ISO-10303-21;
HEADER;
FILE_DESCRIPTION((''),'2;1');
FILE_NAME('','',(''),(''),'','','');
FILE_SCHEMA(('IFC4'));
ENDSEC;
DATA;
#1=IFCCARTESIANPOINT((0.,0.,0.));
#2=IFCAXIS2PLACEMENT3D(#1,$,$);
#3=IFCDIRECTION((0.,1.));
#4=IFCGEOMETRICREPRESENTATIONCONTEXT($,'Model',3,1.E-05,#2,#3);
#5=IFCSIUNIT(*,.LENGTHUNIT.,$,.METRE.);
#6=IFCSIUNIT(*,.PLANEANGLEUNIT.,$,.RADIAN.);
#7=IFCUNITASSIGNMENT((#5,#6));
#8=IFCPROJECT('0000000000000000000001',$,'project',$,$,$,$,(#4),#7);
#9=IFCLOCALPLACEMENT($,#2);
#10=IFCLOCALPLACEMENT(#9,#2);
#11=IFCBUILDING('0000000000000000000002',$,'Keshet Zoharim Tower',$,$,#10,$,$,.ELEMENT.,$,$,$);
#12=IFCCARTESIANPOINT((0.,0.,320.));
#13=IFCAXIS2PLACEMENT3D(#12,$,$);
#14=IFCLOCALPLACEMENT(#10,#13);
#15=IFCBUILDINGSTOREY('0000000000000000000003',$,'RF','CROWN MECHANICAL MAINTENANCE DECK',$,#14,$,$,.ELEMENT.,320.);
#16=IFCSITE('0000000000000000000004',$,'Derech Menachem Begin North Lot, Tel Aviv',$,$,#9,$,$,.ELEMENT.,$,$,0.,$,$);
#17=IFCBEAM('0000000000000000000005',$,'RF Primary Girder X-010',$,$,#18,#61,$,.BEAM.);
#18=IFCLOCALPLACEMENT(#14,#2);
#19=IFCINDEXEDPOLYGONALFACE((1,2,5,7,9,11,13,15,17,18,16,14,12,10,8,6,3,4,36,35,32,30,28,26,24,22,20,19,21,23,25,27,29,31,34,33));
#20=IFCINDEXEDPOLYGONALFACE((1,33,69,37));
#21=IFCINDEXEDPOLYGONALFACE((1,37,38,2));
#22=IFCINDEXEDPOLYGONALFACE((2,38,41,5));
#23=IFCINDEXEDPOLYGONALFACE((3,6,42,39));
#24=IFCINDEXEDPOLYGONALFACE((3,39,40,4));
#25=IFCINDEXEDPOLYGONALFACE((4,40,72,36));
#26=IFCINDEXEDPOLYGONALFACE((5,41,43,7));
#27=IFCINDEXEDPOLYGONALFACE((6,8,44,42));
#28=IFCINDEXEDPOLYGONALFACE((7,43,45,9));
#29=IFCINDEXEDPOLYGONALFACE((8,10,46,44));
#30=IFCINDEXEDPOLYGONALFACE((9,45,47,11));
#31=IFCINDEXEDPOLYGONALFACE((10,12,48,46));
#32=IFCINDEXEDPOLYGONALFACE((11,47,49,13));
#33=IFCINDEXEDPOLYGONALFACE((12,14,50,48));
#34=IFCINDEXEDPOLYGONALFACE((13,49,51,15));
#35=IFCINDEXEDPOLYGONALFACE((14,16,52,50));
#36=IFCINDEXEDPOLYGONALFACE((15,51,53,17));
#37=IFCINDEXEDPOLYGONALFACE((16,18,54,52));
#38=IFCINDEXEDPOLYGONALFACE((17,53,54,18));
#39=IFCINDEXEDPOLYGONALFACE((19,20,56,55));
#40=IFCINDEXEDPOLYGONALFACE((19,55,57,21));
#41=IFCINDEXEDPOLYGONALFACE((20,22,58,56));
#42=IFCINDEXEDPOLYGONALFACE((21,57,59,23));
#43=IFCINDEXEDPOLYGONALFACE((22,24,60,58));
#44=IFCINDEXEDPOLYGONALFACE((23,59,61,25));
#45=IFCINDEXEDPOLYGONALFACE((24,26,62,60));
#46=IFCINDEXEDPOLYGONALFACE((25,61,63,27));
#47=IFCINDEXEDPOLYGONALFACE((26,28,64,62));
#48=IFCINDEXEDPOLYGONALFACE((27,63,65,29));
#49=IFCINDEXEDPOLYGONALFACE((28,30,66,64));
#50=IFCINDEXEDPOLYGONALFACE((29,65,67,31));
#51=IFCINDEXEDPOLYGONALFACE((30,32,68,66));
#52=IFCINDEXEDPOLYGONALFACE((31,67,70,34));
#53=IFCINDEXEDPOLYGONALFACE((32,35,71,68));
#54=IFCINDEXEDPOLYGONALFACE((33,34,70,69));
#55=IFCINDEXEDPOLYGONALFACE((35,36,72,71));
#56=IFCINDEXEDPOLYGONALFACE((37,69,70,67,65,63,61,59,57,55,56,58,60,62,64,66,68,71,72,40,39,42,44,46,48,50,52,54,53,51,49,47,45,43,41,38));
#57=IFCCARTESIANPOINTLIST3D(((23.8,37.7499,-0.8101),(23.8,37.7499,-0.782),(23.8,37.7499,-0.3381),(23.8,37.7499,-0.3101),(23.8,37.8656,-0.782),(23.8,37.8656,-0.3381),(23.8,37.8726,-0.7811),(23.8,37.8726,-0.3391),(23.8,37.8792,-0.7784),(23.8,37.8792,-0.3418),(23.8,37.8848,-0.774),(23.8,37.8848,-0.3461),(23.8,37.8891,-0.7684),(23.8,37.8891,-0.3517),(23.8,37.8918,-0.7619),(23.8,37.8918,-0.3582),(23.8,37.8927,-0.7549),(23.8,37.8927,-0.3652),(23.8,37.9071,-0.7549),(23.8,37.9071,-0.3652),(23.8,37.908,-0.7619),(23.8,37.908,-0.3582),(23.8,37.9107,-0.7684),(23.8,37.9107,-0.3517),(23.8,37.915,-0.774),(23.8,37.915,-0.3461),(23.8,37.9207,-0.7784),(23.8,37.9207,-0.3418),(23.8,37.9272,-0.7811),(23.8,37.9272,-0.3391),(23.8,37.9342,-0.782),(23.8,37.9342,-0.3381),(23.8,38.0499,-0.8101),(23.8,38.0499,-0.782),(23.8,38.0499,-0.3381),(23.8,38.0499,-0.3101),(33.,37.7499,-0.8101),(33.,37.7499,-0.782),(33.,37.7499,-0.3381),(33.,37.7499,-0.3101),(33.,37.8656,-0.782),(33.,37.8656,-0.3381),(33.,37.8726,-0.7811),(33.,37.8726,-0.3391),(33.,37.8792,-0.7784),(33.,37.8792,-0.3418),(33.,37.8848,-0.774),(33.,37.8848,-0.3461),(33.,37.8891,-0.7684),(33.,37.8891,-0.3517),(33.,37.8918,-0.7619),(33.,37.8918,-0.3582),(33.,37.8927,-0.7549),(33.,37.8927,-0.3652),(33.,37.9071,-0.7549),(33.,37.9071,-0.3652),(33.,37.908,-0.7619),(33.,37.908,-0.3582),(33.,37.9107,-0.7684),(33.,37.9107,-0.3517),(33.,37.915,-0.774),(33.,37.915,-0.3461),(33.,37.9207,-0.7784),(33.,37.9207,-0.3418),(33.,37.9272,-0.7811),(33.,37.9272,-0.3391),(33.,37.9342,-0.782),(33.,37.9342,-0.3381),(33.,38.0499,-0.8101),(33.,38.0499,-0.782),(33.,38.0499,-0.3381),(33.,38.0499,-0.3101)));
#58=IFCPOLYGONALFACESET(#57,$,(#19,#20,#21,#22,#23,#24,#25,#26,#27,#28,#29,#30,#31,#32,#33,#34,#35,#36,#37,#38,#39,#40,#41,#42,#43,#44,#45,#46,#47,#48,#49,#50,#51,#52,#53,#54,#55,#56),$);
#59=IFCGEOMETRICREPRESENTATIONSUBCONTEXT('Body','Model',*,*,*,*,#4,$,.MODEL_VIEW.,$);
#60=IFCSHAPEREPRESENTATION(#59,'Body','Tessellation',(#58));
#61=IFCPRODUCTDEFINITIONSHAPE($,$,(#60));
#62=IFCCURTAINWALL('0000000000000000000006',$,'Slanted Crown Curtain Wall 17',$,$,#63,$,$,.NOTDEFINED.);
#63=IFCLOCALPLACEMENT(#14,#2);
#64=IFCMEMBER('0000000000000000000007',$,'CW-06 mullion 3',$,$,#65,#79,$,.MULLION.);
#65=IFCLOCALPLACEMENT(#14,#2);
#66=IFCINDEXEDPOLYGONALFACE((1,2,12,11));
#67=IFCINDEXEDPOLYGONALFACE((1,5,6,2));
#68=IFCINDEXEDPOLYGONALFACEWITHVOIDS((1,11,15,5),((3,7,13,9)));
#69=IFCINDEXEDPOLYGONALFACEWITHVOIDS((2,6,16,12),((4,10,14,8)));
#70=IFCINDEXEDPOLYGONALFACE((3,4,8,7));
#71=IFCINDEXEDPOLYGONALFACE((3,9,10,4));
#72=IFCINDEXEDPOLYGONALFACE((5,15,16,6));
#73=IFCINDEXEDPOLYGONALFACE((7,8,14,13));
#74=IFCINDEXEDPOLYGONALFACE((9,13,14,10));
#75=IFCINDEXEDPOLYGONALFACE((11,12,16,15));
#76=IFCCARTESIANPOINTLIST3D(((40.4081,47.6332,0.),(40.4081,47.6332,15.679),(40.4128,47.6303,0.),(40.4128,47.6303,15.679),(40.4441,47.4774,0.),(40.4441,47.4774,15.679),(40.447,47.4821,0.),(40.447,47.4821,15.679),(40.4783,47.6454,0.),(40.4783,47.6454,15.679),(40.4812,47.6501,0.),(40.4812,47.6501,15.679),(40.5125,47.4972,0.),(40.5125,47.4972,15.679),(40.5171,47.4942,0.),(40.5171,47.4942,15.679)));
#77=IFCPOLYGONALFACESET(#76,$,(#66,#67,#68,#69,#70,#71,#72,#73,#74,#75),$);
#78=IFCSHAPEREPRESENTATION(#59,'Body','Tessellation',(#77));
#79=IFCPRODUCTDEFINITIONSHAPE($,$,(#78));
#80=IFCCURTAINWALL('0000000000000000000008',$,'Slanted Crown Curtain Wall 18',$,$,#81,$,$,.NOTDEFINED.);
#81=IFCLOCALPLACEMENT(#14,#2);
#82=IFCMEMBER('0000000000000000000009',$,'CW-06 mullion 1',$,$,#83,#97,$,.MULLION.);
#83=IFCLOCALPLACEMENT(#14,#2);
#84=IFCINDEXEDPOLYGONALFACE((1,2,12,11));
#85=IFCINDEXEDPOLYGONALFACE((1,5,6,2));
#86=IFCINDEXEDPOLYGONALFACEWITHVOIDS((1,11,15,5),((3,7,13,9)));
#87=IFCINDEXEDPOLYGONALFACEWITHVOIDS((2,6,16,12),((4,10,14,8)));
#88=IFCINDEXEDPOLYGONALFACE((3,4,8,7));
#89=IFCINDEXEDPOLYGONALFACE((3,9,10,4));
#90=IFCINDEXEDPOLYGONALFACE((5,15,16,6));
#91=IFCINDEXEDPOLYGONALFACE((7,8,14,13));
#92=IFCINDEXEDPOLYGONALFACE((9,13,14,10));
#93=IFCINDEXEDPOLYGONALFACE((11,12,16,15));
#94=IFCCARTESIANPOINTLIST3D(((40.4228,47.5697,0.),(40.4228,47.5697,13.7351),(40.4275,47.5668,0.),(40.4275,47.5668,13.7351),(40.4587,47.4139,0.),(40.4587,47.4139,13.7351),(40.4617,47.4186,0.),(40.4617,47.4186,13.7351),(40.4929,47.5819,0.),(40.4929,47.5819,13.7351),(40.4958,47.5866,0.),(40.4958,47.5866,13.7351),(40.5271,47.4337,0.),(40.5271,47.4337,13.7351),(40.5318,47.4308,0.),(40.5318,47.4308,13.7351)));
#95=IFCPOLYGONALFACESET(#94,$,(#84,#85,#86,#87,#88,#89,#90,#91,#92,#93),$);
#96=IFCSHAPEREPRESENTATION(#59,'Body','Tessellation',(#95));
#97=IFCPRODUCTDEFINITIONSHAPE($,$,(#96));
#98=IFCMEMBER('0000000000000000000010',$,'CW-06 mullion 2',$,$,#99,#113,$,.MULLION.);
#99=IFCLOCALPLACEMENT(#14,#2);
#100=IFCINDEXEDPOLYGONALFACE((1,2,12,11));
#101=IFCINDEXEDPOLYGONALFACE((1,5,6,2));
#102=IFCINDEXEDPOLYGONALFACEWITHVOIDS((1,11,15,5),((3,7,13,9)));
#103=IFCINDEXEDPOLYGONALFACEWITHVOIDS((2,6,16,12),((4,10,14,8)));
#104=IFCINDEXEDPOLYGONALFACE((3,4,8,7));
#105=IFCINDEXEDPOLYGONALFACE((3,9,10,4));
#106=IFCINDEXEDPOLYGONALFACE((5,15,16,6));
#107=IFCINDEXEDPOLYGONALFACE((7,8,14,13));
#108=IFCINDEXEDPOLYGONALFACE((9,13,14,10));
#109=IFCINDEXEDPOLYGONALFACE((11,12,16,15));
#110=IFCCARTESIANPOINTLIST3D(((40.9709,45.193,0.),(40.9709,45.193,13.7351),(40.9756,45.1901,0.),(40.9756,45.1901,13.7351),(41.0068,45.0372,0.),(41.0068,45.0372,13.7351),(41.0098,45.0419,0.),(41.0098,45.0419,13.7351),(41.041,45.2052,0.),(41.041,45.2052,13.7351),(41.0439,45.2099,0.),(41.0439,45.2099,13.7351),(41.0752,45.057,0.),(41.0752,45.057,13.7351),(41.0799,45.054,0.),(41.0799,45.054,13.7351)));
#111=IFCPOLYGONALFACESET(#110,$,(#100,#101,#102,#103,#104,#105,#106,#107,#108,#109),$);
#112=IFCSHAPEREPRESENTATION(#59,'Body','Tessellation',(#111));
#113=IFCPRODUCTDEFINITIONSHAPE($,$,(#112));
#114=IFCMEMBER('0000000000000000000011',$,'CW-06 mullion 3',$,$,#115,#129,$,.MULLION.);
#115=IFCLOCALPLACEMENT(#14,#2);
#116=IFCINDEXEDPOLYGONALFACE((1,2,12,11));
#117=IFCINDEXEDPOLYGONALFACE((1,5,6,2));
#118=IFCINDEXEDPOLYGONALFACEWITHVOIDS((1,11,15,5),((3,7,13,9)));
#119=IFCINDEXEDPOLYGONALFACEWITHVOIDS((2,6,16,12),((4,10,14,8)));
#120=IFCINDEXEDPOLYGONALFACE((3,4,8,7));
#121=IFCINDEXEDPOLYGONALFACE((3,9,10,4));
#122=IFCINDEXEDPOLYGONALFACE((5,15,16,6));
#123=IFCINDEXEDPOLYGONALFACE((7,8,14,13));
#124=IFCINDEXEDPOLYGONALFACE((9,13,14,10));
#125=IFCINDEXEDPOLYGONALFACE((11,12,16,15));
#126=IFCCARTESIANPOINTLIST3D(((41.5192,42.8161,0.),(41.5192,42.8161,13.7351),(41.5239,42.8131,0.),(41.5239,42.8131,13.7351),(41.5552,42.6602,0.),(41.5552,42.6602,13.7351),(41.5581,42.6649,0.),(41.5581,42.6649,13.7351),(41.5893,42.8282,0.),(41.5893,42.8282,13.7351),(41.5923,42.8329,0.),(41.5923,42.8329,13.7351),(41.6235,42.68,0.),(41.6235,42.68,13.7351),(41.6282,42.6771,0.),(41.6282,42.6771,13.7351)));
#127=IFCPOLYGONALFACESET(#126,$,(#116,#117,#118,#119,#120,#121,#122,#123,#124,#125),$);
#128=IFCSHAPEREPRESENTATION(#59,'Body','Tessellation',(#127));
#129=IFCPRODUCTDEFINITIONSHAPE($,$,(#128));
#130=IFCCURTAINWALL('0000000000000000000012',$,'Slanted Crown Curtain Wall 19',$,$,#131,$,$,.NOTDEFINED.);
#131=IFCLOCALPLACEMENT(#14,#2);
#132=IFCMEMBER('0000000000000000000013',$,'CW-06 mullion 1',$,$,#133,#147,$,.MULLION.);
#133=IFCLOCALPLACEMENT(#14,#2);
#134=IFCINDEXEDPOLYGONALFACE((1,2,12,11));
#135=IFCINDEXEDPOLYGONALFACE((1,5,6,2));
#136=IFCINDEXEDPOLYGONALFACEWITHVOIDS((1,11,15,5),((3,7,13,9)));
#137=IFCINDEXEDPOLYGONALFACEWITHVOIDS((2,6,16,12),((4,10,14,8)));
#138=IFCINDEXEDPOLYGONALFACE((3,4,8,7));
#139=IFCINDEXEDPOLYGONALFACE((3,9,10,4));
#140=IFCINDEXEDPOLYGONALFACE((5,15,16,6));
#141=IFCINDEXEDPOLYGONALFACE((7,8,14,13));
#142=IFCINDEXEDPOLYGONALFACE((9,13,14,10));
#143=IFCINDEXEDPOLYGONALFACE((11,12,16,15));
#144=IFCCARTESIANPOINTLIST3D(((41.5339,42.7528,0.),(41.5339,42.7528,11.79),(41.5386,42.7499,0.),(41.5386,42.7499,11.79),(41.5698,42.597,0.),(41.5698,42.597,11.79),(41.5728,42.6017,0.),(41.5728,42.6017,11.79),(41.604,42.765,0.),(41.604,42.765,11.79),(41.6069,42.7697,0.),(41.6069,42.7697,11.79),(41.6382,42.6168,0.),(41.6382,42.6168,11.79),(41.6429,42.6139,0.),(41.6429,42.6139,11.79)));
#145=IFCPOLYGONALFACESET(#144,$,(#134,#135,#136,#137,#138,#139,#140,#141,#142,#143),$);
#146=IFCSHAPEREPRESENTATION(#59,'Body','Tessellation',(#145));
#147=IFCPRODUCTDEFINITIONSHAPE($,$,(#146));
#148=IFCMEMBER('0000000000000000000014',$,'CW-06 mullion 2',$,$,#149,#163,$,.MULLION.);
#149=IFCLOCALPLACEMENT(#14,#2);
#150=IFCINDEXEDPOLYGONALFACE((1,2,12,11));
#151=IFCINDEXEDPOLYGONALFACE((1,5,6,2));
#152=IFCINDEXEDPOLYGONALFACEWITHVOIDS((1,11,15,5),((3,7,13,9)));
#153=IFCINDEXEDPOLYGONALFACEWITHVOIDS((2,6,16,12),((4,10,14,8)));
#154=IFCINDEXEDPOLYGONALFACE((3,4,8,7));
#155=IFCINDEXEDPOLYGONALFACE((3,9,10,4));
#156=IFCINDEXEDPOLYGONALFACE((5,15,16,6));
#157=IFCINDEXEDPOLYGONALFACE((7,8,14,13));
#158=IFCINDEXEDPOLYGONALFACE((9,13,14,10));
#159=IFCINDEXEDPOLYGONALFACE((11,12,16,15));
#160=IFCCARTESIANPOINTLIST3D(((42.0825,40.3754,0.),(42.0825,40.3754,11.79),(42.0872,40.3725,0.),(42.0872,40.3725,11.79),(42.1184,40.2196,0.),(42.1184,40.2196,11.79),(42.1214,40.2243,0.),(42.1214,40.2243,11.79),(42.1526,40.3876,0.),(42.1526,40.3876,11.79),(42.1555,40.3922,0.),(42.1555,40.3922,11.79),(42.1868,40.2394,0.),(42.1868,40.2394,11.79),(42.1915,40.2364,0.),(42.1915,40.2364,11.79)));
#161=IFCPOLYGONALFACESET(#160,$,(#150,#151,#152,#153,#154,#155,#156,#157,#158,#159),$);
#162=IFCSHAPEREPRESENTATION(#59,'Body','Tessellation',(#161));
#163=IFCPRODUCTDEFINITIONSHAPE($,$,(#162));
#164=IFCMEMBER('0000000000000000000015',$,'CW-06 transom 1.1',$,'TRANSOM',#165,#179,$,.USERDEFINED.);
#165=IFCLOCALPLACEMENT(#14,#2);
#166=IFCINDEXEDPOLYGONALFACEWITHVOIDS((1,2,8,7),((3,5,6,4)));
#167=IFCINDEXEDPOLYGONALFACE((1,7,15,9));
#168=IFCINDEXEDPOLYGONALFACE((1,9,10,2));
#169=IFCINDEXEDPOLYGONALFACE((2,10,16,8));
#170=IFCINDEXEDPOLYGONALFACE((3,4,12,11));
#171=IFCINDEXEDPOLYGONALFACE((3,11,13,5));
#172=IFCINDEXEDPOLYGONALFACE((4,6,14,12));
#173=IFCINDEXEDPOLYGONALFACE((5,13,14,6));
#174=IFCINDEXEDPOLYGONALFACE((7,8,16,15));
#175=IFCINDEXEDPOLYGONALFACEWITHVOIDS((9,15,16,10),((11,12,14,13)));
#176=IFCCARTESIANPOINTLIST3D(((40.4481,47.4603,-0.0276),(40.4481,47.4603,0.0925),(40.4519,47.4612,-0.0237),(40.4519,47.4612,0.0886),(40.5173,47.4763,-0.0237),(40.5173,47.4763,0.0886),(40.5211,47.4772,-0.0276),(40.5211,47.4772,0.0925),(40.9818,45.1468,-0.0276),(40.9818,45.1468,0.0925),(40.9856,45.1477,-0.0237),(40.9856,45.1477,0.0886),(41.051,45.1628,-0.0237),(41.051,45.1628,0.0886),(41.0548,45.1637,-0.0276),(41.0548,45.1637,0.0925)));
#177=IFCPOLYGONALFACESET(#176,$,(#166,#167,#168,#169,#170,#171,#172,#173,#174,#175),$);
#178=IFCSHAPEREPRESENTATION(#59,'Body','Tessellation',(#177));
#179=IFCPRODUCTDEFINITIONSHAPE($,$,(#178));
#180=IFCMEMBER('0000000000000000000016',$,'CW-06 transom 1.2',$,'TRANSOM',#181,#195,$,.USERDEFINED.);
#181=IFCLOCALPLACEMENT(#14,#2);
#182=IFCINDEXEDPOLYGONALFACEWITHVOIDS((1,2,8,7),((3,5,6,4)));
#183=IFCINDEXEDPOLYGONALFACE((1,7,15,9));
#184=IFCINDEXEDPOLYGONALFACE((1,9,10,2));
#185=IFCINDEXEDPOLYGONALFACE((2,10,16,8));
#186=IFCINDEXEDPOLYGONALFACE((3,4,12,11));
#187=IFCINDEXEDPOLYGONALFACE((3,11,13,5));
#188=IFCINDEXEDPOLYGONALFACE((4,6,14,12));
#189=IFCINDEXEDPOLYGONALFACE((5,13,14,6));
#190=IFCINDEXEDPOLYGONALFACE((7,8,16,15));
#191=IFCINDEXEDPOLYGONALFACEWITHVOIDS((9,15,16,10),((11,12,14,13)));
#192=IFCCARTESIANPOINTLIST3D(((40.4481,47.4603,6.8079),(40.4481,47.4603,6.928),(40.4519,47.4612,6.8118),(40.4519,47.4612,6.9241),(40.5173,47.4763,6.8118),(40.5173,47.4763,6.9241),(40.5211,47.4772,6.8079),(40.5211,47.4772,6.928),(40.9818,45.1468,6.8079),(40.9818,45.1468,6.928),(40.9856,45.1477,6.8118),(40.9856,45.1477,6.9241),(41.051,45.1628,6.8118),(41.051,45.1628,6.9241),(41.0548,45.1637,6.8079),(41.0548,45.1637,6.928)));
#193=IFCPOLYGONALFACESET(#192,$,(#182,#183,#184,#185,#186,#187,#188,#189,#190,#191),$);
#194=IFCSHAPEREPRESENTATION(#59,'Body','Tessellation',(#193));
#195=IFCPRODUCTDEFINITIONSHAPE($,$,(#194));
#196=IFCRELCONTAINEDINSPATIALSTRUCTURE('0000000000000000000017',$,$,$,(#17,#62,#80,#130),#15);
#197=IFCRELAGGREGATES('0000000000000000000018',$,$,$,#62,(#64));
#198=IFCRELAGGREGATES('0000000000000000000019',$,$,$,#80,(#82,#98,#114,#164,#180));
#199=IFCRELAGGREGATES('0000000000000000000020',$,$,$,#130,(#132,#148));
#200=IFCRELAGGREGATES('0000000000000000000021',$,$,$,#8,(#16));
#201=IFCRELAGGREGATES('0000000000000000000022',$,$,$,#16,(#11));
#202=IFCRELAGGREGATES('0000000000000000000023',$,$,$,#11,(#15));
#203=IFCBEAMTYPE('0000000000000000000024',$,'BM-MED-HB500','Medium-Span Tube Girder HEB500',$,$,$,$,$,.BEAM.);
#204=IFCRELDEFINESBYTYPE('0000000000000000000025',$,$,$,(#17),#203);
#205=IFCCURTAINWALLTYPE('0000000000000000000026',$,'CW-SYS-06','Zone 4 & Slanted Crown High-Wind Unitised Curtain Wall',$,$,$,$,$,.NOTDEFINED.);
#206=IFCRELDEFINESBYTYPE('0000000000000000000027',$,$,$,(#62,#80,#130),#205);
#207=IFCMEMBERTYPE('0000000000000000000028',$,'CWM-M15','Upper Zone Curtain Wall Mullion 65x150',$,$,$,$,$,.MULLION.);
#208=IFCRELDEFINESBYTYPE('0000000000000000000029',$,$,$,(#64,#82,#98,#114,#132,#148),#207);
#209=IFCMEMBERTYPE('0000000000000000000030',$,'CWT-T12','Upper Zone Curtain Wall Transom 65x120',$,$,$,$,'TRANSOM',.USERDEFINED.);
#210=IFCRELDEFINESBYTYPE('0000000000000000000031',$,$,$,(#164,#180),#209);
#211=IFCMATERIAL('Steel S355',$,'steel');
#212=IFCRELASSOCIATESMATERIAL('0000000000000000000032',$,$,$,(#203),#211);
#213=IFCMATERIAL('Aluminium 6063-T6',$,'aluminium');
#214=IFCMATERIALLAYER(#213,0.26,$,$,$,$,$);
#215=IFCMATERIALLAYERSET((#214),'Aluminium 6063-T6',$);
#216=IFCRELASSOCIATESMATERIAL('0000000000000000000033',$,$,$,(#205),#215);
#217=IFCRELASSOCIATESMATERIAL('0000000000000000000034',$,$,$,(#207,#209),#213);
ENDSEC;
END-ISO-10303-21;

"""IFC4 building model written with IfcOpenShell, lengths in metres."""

from ifc_helpers import new_model, si_unit, direction, frame, origin, origin_2d, place, context, subcontext, project, spatial, hollow_rectangle, i_section, extrude, material, layer, layer_set, material_profile, profile_set, type_object, element, aggregate, save


model = new_model("IFC4")

# Units and contexts
model_context = context("Model", 3, precision=1e-05, world=origin(), true_north=direction((0.0, 1.0)))
body_context = subcontext(model_context, "Body", "Model", "MODEL_VIEW")
ifc_project = project(units=[si_unit("LENGTHUNIT", "METRE"), si_unit("PLANEANGLEUNIT", "RADIAN")], contexts=[model_context])

# Site, building, storey
site_placement = place(None, origin())
site = spatial("IfcSite", under=ifc_project, at=site_placement, Name="Derech Menachem Begin North Lot, Tel Aviv", CompositionType="ELEMENT", RefElevation=0.0)
building_placement = place(site_placement, origin())
building = spatial("IfcBuilding", under=site, at=building_placement, Name="Keshet Zoharim Tower", CompositionType="ELEMENT")
storey_placement = place(building_placement, frame((0.0, 0.0, 320.0)))
storey = spatial("IfcBuildingStorey", under=building, at=storey_placement, Name="RF", Description="CROWN MECHANICAL MAINTENANCE DECK", CompositionType="ELEMENT", Elevation=320.0)

# Shared definitions
ifc_material_1 = material(Name="Steel S355", Category="steel")

# Beam
ifc_material_profile_1 = material_profile(ifc_material_1, i_section(OverallWidth=0.3, OverallDepth=0.5, WebThickness=0.0144, FlangeThickness=0.0281, FilletRadius=0.0271, at=origin_2d()), Name="HEB500")
ifc_profile_set_1 = profile_set([ifc_material_profile_1], Name="Steel S355")
beam_type_1 = type_object("IfcBeamType", Name="BM-MED-HB500", Description="Medium-Span Tube Girder HEB500", PredefinedType="BEAM", material=ifc_profile_set_1)
beam_1_placement = place(storey_placement, frame((23.8, 37.8999, -0.5601), z_axis=(1.0, 0.0, 0.0), x_axis=(0.0, 1.0, 0.0)))
element("IfcBeam", 1, at=beam_1_placement, inside=storey, type_object=beam_type_1, Name="RF Primary Girder X-010", PredefinedType="BEAM", context=body_context, shape_type="SweptSolid", body=[
    extrude(i_section(OverallWidth=0.3, OverallDepth=0.5, WebThickness=0.0144, FlangeThickness=0.0281, FilletRadius=0.0271, at=origin_2d()), origin(), (0.0, 0.0, 1.0), 9.2),
])

# Curtain wall, member
ifc_material_2 = material(Name="Aluminium 6063-T6", Category="aluminium")
ifc_layer_1 = layer(ifc_material_2, 0.26)
ifc_layer_set_1 = layer_set([ifc_layer_1], Name="Aluminium 6063-T6")
curtain_wall_type = type_object("IfcCurtainWallType", Name="CW-SYS-06", Description="Zone 4 & Slanted Crown High-Wind Unitised Curtain Wall", PredefinedType="NOTDEFINED", material=ifc_layer_set_1)
curtain_wall_1_placement = place(storey_placement, origin())
curtain_wall_1 = element("IfcCurtainWall", 2, at=curtain_wall_1_placement, inside=storey, type_object=curtain_wall_type, Name="Slanted Crown Curtain Wall 17", PredefinedType="NOTDEFINED")
ifc_material_profile_2 = material_profile(ifc_material_2, hollow_rectangle(XDim=0.075, YDim=0.1599, WallThickness=0.0039, at=origin_2d()), Name="MUL-75x160")
ifc_profile_set_2 = profile_set([ifc_material_profile_2], Name="Aluminium 6063-T6")
member_type_1 = type_object("IfcMemberType", Name="CWM-M15", Description="Upper Zone Curtain Wall Mullion 65x150", PredefinedType="MULLION", material=ifc_profile_set_2)
member_1_placement = place(storey_placement, frame((40.4626, 47.5637, 0.0), z_axis=(0.0, 0.0, 1.0), x_axis=(0.974384, 0.224889, 0.0)))
member_1 = element("IfcMember", 3, at=member_1_placement, type_object=member_type_1, Name="CW-06 mullion 3", PredefinedType="MULLION", context=body_context, shape_type="SweptSolid", body=[
    extrude(hollow_rectangle(XDim=0.075, YDim=0.1599, WallThickness=0.0039, at=origin_2d()), origin(), (0.0, 0.0, 1.0), 15.679),
])
aggregate(curtain_wall_1, [member_1])

# Curtain walls, members
curtain_wall_2_placement = place(storey_placement, origin())
curtain_wall_2 = element("IfcCurtainWall", 4, at=curtain_wall_2_placement, inside=storey, type_object=curtain_wall_type, Name="Slanted Crown Curtain Wall 18", PredefinedType="NOTDEFINED")
member_2_placement = place(storey_placement, frame((40.4773, 47.5002, 0.0), z_axis=(0.0, 0.0, 1.0), x_axis=(0.974418, 0.224741, 0.0)))
member_2 = element("IfcMember", 5, at=member_2_placement, type_object=member_type_1, Name="CW-06 mullion 1", PredefinedType="MULLION", context=body_context, shape_type="SweptSolid", body=[
    extrude(hollow_rectangle(XDim=0.075, YDim=0.1599, WallThickness=0.0039, at=origin_2d()), origin(), (0.0, 0.0, 1.0), 13.7351),
])
member_3_placement = place(storey_placement, frame((41.0254, 45.1235, 0.0), z_axis=(0.0, 0.0, 1.0), x_axis=(0.974418, 0.224741, 0.0)))
member_3 = element("IfcMember", 6, at=member_3_placement, type_object=member_type_1, Name="CW-06 mullion 2", PredefinedType="MULLION", context=body_context, shape_type="SweptSolid", body=[
    extrude(hollow_rectangle(XDim=0.075, YDim=0.1599, WallThickness=0.0039, at=origin_2d()), origin(), (0.0, 0.0, 1.0), 13.7351),
])
member_4_placement = place(storey_placement, frame((41.5737, 42.7466, 0.0), z_axis=(0.0, 0.0, 1.0), x_axis=(0.974418, 0.224741, 0.0)))
member_4 = element("IfcMember", 7, at=member_4_placement, type_object=member_type_1, Name="CW-06 mullion 3", PredefinedType="MULLION", context=body_context, shape_type="SweptSolid", body=[
    extrude(hollow_rectangle(XDim=0.075, YDim=0.1599, WallThickness=0.0039, at=origin_2d()), origin(), (0.0, 0.0, 1.0), 13.7351),
])
curtain_wall_3_placement = place(storey_placement, origin())
curtain_wall_3 = element("IfcCurtainWall", 8, at=curtain_wall_3_placement, inside=storey, type_object=curtain_wall_type, Name="Slanted Crown Curtain Wall 19", PredefinedType="NOTDEFINED")
member_5_placement = place(storey_placement, frame((41.5884, 42.6833, 0.0), z_axis=(0.0, 0.0, 1.0), x_axis=(0.974384, 0.224889, 0.0)))
member_5 = element("IfcMember", 9, at=member_5_placement, type_object=member_type_1, Name="CW-06 mullion 1", PredefinedType="MULLION", context=body_context, shape_type="SweptSolid", body=[
    extrude(hollow_rectangle(XDim=0.075, YDim=0.1599, WallThickness=0.0039, at=origin_2d()), origin(), (0.0, 0.0, 1.0), 11.79),
])
member_6_placement = place(storey_placement, frame((42.137, 40.3059, 0.0), z_axis=(0.0, 0.0, 1.0), x_axis=(0.974384, 0.224889, 0.0)))
member_6 = element("IfcMember", 10, at=member_6_placement, type_object=member_type_1, Name="CW-06 mullion 2", PredefinedType="MULLION", context=body_context, shape_type="SweptSolid", body=[
    extrude(hollow_rectangle(XDim=0.075, YDim=0.1599, WallThickness=0.0039, at=origin_2d()), origin(), (0.0, 0.0, 1.0), 11.79),
])

# Members
ifc_material_profile_3 = material_profile(ifc_material_2, hollow_rectangle(XDim=0.075, YDim=0.1201, WallThickness=0.0039, at=origin_2d()), Name="TRN-75x120")
ifc_profile_set_3 = profile_set([ifc_material_profile_3], Name="Aluminium 6063-T6")
member_type_2 = type_object("IfcMemberType", Name="CWT-T12", Description="Upper Zone Curtain Wall Transom 65x120", ElementType="TRANSOM", PredefinedType="USERDEFINED", material=ifc_profile_set_3)
member_7_placement = place(storey_placement, frame((40.4846, 47.4688, 0.0325), z_axis=(0.224784, -0.974409, 0.0), x_axis=(0.974409, 0.224784, 0.0)))
member_7 = element("IfcMember", 11, at=member_7_placement, type_object=member_type_2, Name="CW-06 transom 1.1", ObjectType="TRANSOM", PredefinedType="USERDEFINED", context=body_context, shape_type="SweptSolid", body=[
    extrude(hollow_rectangle(XDim=0.075, YDim=0.1201, WallThickness=0.0039, at=origin_2d()), origin(), (0.0, 0.0, 1.0), 2.3743),
])
member_8_placement = place(storey_placement, frame((40.4846, 47.4688, 6.8679), z_axis=(0.224784, -0.974409, 0.0), x_axis=(0.974409, 0.224784, 0.0)))
member_8 = element("IfcMember", 12, at=member_8_placement, type_object=member_type_2, Name="CW-06 transom 1.2", ObjectType="TRANSOM", PredefinedType="USERDEFINED", context=body_context, shape_type="SweptSolid", body=[
    extrude(hollow_rectangle(XDim=0.075, YDim=0.1201, WallThickness=0.0039, at=origin_2d()), origin(), (0.0, 0.0, 1.0), 2.3743),
])

aggregate(curtain_wall_2, [member_2, member_3, member_4, member_7, member_8])
aggregate(curtain_wall_3, [member_5, member_6])

save(model, "model.ifc")
